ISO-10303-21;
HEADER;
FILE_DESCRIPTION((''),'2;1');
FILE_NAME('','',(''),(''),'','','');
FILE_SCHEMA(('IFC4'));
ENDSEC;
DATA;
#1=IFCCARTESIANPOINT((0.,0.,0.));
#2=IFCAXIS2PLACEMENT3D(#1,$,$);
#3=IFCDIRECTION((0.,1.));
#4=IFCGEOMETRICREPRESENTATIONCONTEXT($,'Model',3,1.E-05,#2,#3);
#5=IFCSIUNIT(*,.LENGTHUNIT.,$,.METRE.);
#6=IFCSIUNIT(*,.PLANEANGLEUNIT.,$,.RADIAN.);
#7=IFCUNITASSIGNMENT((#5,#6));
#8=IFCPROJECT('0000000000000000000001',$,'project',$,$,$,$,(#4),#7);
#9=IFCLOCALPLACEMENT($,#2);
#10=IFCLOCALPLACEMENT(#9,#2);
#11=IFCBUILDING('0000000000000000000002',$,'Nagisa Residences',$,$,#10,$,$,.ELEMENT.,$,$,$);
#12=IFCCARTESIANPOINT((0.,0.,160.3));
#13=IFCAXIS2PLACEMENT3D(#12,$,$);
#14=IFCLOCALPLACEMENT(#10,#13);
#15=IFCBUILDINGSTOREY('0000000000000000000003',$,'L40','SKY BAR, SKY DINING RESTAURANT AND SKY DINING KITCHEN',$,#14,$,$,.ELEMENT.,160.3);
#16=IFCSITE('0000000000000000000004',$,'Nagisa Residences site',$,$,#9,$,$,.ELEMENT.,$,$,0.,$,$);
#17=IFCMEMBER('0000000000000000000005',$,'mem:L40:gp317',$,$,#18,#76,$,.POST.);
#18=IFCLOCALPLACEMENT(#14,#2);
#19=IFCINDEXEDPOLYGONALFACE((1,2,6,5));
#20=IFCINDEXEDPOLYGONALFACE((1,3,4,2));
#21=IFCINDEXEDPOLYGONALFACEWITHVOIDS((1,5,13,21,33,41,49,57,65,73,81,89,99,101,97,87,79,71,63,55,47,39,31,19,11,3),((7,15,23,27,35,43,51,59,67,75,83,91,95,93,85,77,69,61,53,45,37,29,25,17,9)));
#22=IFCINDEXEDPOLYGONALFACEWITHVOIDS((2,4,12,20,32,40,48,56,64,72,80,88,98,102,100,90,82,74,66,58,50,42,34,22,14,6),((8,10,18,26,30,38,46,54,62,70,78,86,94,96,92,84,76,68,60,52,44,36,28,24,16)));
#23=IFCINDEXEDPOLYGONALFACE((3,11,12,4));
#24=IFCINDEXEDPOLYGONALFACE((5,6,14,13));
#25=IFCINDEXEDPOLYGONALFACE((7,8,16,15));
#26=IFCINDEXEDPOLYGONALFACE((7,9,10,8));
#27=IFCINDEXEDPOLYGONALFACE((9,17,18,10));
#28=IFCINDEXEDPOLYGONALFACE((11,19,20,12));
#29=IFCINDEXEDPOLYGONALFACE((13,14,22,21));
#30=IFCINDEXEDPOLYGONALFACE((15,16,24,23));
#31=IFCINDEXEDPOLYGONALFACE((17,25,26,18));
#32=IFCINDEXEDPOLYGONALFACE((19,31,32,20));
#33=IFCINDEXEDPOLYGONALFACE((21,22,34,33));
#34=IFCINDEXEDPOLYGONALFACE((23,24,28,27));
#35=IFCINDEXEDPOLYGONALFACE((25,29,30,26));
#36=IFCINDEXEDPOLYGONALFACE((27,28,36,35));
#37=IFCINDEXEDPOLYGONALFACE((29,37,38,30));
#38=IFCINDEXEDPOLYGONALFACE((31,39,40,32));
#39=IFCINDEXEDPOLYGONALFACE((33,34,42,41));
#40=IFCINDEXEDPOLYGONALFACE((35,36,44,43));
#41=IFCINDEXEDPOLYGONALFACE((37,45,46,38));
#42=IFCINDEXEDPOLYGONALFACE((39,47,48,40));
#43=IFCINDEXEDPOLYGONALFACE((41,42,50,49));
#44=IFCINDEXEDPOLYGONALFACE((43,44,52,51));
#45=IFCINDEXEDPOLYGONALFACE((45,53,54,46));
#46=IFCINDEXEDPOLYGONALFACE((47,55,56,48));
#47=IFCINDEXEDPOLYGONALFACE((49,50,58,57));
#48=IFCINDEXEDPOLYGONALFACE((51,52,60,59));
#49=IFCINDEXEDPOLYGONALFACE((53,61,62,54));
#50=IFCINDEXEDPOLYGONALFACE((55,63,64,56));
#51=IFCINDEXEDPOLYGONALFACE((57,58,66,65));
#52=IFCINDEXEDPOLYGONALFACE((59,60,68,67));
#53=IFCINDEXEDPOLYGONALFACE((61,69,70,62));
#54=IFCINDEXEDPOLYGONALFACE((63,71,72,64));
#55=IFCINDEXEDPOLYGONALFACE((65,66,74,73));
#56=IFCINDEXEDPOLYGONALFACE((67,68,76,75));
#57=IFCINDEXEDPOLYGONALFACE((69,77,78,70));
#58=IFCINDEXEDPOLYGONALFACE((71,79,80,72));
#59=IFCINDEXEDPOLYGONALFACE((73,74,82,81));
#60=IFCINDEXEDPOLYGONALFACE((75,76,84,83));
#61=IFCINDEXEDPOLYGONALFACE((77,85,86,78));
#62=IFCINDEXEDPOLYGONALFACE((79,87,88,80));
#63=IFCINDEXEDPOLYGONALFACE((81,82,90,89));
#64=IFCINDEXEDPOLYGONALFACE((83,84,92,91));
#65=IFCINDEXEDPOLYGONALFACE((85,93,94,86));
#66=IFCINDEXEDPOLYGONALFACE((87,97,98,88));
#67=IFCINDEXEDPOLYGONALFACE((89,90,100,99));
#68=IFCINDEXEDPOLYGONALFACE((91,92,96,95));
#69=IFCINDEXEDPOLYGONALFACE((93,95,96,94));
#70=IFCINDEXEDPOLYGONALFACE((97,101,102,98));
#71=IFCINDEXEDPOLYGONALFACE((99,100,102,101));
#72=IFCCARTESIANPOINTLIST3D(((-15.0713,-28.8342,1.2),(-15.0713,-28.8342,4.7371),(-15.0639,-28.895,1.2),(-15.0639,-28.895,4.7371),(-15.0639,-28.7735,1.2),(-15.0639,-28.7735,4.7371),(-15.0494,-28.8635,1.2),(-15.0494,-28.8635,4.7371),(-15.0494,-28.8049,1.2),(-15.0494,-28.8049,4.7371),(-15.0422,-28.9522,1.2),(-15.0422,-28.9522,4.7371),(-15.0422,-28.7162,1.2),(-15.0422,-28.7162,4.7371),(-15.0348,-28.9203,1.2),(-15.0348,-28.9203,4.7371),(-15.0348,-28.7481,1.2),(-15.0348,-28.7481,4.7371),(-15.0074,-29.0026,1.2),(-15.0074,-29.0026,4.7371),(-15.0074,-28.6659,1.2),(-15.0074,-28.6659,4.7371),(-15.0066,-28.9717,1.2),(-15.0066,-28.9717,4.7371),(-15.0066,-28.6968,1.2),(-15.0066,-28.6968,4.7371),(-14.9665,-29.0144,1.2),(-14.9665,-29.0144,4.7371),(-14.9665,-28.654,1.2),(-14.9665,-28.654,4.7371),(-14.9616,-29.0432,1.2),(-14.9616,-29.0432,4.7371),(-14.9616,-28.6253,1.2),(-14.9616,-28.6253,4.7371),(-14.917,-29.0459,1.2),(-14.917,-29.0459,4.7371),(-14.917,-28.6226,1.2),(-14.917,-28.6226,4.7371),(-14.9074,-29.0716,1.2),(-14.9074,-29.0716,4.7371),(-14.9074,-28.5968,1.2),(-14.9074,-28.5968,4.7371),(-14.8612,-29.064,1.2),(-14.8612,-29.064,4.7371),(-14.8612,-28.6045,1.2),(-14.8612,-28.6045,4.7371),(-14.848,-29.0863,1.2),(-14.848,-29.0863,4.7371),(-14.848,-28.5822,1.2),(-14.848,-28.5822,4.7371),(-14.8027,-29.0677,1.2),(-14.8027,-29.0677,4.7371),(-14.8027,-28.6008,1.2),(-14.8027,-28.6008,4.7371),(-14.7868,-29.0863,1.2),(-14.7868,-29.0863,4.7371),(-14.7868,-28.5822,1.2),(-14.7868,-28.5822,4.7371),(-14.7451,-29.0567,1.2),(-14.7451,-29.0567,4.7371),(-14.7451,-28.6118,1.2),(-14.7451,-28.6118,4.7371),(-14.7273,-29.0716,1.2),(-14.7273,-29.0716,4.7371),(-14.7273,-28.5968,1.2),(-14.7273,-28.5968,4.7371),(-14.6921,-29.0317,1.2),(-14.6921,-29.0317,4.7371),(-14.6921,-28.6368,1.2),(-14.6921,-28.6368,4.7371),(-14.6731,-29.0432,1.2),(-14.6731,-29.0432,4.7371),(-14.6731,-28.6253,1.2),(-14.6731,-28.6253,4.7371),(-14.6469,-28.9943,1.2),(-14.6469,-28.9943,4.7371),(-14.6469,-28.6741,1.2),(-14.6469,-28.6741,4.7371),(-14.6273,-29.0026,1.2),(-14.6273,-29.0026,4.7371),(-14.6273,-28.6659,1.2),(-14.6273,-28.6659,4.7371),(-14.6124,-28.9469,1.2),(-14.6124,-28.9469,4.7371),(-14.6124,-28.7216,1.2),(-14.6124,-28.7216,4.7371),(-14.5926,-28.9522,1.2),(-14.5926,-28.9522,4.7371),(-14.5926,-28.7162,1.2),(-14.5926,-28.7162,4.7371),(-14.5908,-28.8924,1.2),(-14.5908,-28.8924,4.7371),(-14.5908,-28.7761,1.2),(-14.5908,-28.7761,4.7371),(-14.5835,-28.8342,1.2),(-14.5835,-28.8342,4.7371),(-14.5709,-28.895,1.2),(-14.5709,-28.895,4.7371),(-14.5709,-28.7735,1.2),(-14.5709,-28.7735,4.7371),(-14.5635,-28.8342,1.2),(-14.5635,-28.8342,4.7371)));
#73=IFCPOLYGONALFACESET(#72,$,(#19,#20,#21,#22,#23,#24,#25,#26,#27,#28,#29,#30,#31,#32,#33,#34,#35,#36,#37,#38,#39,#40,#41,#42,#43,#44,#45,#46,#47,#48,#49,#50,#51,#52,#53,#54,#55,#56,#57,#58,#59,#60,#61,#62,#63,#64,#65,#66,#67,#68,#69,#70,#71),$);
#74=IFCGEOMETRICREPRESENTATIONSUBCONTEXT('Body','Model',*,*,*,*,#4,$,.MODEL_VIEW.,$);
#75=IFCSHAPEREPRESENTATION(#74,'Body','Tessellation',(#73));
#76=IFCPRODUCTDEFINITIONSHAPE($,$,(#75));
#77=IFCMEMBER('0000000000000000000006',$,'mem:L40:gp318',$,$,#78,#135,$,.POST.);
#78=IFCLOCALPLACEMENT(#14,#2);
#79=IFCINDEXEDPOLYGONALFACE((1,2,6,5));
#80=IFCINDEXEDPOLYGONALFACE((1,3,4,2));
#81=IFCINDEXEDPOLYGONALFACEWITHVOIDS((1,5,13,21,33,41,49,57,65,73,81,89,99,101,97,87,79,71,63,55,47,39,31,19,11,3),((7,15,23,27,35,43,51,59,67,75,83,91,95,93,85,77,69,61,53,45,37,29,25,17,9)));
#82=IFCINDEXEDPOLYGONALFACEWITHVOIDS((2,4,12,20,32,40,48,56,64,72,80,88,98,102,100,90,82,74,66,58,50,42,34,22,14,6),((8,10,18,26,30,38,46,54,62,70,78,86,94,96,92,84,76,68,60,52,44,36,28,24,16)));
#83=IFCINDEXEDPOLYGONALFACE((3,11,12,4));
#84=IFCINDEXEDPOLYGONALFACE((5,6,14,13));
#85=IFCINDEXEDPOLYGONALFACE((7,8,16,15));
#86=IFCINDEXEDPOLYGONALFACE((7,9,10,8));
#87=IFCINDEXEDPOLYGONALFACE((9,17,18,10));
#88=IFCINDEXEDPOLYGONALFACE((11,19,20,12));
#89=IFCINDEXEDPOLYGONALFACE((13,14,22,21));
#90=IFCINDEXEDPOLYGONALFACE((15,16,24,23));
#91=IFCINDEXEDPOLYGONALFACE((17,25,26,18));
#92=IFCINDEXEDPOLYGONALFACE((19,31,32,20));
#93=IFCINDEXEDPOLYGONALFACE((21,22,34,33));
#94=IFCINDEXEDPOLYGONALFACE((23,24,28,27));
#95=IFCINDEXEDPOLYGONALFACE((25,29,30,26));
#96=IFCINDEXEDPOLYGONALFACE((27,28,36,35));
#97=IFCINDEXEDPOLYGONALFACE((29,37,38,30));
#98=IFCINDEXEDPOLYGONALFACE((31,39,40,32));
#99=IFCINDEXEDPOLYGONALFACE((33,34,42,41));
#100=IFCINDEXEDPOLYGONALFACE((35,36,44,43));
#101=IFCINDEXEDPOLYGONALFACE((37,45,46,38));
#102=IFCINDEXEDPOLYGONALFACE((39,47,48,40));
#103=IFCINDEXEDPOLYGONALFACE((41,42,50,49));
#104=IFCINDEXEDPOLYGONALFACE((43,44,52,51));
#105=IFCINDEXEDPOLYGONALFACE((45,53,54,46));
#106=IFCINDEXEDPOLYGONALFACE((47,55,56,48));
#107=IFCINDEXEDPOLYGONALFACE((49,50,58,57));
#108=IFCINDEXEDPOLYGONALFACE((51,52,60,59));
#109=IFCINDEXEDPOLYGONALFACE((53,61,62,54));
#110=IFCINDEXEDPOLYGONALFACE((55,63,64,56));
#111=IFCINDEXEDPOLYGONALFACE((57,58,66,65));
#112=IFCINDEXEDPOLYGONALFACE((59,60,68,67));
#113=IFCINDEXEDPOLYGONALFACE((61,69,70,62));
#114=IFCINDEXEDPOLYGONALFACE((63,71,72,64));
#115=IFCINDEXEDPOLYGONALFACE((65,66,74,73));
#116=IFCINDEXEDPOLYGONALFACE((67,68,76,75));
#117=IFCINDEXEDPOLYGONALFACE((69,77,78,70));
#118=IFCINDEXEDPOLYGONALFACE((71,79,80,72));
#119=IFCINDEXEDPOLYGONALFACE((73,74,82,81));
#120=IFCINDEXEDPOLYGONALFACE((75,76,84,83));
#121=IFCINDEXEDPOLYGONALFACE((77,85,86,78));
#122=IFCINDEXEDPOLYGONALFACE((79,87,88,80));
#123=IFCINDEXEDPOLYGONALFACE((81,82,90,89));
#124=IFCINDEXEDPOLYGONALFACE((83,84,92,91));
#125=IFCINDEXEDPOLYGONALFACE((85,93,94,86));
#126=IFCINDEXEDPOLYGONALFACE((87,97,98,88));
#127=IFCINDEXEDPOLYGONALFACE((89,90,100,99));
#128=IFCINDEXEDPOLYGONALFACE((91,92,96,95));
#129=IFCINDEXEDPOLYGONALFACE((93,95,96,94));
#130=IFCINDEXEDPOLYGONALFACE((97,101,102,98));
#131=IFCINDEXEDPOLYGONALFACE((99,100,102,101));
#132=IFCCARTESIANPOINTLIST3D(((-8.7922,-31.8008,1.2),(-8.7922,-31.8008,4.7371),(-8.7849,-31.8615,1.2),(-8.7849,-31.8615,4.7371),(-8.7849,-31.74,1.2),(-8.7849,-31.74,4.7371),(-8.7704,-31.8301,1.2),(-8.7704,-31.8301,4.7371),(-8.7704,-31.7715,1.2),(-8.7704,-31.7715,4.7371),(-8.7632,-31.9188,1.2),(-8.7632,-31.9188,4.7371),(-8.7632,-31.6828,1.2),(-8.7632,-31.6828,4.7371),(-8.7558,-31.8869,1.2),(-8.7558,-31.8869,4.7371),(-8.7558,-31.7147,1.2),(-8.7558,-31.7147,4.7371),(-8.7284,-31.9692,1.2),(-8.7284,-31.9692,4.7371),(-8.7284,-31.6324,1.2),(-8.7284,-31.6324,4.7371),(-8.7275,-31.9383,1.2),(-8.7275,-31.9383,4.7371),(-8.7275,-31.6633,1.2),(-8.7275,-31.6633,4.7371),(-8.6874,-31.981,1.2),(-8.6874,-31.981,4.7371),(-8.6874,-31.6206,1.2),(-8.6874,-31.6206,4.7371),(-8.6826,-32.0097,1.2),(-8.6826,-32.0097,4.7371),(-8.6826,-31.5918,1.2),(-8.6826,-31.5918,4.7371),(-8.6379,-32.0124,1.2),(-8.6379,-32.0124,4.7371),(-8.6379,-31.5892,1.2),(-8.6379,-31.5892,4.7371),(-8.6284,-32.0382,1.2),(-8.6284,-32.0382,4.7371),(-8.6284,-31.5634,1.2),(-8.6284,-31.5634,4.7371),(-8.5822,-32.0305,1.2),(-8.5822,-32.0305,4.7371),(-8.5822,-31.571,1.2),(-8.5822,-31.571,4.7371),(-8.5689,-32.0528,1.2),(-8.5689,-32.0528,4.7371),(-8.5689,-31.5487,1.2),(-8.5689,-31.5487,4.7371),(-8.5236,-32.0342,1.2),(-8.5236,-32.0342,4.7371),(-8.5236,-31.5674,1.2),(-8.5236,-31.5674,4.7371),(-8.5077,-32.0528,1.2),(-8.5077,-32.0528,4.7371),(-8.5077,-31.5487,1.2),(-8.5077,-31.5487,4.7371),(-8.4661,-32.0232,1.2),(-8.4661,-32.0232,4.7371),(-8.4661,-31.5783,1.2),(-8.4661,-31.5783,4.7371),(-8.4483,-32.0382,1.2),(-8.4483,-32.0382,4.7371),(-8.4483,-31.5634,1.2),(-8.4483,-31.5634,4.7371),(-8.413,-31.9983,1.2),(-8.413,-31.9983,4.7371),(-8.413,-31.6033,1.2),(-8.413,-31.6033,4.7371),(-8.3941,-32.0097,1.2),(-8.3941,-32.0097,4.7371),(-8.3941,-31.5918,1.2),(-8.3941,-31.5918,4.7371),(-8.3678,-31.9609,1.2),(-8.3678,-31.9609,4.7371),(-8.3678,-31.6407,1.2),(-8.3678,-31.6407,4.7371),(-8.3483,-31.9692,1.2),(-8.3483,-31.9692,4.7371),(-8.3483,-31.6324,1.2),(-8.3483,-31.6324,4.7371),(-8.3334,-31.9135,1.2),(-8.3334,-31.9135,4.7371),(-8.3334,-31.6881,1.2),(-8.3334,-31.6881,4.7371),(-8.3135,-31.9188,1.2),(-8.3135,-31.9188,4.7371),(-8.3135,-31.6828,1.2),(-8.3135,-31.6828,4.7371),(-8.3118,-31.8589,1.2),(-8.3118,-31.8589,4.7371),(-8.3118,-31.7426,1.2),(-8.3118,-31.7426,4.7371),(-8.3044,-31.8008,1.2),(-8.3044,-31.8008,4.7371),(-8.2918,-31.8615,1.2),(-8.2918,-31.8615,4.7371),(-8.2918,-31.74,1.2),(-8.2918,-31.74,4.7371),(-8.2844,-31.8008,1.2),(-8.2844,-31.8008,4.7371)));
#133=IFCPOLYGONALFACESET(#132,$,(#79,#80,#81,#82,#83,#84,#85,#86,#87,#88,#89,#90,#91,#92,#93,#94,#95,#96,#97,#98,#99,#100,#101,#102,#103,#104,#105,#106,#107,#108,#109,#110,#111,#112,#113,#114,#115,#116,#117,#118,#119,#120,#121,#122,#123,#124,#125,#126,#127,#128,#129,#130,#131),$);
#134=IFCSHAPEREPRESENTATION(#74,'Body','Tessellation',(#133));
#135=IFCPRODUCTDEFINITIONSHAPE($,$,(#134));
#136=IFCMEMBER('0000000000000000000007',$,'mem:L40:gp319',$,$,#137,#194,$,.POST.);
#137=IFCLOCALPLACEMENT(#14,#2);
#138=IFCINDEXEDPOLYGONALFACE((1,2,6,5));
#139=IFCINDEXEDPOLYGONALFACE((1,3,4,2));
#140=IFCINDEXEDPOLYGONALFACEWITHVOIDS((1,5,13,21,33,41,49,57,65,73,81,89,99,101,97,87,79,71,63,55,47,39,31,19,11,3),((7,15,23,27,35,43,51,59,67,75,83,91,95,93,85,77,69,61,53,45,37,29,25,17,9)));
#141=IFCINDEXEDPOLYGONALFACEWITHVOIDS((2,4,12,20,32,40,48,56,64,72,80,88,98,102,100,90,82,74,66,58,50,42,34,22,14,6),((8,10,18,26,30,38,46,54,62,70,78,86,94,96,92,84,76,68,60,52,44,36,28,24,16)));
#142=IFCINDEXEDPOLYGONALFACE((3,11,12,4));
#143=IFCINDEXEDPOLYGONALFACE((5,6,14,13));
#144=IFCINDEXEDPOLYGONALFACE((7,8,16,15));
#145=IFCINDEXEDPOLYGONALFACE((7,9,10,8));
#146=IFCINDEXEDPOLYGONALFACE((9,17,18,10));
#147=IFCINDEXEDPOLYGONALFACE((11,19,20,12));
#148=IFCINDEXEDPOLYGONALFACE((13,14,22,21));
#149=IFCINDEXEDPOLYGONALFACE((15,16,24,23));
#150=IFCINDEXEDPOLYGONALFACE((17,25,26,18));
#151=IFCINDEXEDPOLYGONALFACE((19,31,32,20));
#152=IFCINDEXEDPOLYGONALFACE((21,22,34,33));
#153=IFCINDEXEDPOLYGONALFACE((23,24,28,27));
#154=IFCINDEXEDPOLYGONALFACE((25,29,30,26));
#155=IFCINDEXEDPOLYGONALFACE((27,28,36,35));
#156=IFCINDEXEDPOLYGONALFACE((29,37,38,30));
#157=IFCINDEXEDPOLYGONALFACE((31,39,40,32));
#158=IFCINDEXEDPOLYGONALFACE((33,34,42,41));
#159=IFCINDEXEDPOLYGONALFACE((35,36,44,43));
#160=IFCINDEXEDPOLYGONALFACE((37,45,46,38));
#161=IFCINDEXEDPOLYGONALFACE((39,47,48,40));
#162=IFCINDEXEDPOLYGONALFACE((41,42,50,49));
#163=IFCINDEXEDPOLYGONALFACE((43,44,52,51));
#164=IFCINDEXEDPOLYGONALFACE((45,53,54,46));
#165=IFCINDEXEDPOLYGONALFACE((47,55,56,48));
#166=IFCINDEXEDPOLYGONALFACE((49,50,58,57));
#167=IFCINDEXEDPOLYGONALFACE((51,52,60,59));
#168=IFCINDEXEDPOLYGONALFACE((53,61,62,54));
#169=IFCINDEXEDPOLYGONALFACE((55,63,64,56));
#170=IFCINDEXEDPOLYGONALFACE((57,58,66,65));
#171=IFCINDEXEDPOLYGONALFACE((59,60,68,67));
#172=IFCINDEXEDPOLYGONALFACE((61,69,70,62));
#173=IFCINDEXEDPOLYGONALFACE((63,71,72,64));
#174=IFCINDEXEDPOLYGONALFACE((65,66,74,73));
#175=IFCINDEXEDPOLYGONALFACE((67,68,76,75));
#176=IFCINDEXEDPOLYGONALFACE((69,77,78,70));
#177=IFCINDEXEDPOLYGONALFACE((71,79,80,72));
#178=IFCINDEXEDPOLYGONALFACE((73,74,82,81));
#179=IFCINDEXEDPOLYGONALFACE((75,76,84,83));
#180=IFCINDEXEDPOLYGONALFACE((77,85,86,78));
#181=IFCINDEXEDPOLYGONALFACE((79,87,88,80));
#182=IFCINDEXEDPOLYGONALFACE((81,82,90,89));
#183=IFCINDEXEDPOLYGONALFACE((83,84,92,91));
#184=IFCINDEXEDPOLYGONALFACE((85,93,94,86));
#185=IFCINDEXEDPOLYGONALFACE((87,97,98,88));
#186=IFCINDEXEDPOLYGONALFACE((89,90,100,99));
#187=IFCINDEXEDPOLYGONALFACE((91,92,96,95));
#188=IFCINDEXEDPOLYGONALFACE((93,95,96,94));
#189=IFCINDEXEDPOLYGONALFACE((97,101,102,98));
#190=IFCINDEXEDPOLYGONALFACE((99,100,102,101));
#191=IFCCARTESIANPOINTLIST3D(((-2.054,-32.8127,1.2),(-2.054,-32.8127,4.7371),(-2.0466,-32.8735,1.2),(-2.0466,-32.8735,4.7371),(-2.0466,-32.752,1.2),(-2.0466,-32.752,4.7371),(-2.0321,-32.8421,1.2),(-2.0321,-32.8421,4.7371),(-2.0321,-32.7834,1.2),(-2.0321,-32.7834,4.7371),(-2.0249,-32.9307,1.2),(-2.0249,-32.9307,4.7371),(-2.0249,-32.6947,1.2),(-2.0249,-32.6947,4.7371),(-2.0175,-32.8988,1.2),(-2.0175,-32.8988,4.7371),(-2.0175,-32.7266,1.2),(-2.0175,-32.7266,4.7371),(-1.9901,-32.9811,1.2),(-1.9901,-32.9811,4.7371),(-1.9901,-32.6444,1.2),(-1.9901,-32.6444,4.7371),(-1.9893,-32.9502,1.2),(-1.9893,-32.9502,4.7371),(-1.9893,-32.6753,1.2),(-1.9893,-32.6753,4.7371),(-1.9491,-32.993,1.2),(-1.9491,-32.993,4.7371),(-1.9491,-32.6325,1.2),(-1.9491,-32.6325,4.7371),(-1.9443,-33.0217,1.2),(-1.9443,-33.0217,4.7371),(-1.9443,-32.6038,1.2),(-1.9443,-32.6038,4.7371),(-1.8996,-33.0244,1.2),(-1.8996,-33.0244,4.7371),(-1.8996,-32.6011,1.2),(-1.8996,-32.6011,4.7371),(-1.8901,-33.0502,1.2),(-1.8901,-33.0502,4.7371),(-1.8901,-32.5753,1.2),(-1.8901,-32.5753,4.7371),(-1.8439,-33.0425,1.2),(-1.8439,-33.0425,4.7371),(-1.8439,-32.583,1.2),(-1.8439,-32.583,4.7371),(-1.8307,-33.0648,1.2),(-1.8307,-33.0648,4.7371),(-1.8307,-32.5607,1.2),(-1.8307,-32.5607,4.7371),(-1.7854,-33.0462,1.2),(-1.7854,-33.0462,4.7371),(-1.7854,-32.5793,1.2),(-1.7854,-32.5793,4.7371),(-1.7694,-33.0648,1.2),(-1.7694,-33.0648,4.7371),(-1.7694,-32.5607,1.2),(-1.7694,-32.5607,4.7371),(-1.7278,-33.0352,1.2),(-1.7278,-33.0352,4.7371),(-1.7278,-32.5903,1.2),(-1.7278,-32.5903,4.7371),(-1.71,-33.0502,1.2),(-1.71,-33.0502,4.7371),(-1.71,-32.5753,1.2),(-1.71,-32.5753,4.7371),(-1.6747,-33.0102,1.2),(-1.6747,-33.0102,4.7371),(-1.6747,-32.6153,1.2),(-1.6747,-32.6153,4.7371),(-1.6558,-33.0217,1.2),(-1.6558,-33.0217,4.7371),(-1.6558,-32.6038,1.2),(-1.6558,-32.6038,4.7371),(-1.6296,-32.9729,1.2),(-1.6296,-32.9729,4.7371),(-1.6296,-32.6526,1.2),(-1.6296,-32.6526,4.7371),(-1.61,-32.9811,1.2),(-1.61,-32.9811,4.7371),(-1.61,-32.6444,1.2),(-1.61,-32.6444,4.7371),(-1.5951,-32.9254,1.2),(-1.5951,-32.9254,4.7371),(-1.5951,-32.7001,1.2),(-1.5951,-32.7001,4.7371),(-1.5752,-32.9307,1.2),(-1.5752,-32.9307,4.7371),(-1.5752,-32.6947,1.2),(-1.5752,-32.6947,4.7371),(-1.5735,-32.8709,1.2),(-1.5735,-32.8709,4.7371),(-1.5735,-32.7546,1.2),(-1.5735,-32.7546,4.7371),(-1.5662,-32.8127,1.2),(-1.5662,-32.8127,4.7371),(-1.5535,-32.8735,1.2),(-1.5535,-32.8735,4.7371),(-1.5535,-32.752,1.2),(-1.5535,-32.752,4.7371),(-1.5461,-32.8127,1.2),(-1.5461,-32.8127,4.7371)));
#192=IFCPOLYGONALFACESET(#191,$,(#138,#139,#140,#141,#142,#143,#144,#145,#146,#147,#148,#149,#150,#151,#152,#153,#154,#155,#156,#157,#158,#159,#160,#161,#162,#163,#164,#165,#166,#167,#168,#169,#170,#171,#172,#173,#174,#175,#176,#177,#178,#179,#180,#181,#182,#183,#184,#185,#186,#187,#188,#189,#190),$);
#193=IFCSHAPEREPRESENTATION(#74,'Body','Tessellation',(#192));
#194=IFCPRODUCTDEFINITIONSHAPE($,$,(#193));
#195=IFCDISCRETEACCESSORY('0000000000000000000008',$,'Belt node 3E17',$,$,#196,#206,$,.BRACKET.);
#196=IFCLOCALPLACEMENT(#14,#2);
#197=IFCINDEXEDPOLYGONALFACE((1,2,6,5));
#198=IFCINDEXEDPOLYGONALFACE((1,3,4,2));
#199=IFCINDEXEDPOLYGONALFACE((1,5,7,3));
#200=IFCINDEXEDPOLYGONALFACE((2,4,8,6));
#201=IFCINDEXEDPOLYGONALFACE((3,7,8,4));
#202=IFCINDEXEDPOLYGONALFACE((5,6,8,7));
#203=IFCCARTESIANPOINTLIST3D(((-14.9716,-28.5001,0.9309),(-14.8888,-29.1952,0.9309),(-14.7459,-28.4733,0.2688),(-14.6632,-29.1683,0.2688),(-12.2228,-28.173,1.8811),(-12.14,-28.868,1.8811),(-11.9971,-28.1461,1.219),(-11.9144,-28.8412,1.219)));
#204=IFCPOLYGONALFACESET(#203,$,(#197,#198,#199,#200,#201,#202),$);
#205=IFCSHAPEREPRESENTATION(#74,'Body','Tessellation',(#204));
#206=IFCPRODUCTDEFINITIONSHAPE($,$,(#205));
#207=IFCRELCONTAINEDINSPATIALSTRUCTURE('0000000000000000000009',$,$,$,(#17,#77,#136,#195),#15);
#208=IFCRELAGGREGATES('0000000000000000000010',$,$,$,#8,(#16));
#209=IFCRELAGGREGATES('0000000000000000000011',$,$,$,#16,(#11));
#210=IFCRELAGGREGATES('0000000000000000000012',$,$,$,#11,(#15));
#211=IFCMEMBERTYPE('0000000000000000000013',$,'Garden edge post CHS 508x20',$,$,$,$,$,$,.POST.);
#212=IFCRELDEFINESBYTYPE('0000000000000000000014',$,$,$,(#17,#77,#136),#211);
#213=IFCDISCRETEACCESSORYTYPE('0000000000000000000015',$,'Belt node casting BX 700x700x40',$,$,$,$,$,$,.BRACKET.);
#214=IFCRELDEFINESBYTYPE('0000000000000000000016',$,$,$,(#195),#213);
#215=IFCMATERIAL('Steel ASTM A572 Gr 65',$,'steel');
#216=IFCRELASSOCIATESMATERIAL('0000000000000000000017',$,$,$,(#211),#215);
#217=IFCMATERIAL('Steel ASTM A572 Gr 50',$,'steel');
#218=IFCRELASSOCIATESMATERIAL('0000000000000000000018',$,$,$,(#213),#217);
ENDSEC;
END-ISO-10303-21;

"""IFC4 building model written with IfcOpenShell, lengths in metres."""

from ifc_helpers import new_model, si_unit, direction, frame, origin, origin_2d, place, context, subcontext, project, spatial, rectangle, hollow_circle, extrude, material, material_profile, profile_set, type_object, element, save


model = new_model("IFC4")

# Units and contexts
model_context = context("Model", 3, precision=1e-05, world=origin(), true_north=direction((0.0, 1.0)))
body_context = subcontext(model_context, "Body", "Model", "MODEL_VIEW")
ifc_project = project(units=[si_unit("LENGTHUNIT", "METRE"), si_unit("PLANEANGLEUNIT", "RADIAN")], contexts=[model_context])

# Site, building, storey
site_placement = place(None, origin())
site = spatial("IfcSite", under=ifc_project, at=site_placement, Name="Nagisa Residences site", CompositionType="ELEMENT", RefElevation=0.0)
building_placement = place(site_placement, origin())
building = spatial("IfcBuilding", under=site, at=building_placement, Name="Nagisa Residences", CompositionType="ELEMENT")
storey_placement = place(building_placement, frame((0.0, 0.0, 160.3)))
storey = spatial("IfcBuildingStorey", under=building, at=storey_placement, Name="L40", Description="SKY BAR, SKY DINING RESTAURANT AND SKY DINING KITCHEN", CompositionType="ELEMENT", Elevation=160.3)

# Members
ifc_material_1 = material(Name="Steel ASTM A572 Gr 65", Category="steel")
ifc_material_profile_1 = material_profile(ifc_material_1, hollow_circle(Radius=0.2539, WallThickness=0.02, at=origin_2d()), Name="CHS 508x20")
ifc_profile_set_1 = profile_set([ifc_material_profile_1], Name="Steel ASTM A572 Gr 65")
member_type_1 = type_object("IfcMemberType", Name="Garden edge post CHS 508x20", PredefinedType="POST", material=ifc_profile_set_1)
for number, where, z_axis, x_axis, name in (
    (1, (-14.8174, -28.8342, 1.2), (0.0, 0.0, 1.0), (1.0, 0.0, 0.0), "mem:L40:gp317"),
    (2, (-8.5383, -31.8008, 1.2), (0.0, 0.0, 1.0), (1.0, 0.0, 0.0), "mem:L40:gp318"),
    (3, (-1.8, -32.8127, 1.2), (0.0, 0.0, 1.0), (1.0, 0.0, 0.0), "mem:L40:gp319"),
):
    element("IfcMember", number, at=place(storey_placement, frame(where, z_axis=z_axis, x_axis=x_axis)), inside=storey, type_object=member_type_1, Name=name, PredefinedType="POST", context=body_context, shape_type="SweptSolid", body=[
        extrude(hollow_circle(Radius=0.2539, WallThickness=0.02, at=origin_2d()), origin(), (0.0, 0.0, 1.0), 3.5371),
    ])

# Discrete accessory
ifc_material_2 = material(Name="Steel ASTM A572 Gr 50", Category="steel")
discrete_accessory_type_1 = type_object("IfcDiscreteAccessoryType", Name="Belt node casting BX 700x700x40", PredefinedType="BRACKET", material=ifc_material_2)
discrete_accessory_1_placement = place(storey_placement, frame((-14.8174, -28.8342, 0.5999), z_axis=(0.939202, 0.11178, 0.324662), x_axis=(-0.118182, 0.992992, 0.0)))
element("IfcDiscreteAccessory", 4, at=discrete_accessory_1_placement, inside=storey, type_object=discrete_accessory_type_1, Name="Belt node 3E17", PredefinedType="BRACKET", context=body_context, shape_type="SweptSolid", body=[
    extrude(rectangle(XDim=0.7, YDim=0.7, at=origin_2d()), origin(), (0.0, 0.0, 1.0), 2.9268),
])

save(model, "model.ifc")
